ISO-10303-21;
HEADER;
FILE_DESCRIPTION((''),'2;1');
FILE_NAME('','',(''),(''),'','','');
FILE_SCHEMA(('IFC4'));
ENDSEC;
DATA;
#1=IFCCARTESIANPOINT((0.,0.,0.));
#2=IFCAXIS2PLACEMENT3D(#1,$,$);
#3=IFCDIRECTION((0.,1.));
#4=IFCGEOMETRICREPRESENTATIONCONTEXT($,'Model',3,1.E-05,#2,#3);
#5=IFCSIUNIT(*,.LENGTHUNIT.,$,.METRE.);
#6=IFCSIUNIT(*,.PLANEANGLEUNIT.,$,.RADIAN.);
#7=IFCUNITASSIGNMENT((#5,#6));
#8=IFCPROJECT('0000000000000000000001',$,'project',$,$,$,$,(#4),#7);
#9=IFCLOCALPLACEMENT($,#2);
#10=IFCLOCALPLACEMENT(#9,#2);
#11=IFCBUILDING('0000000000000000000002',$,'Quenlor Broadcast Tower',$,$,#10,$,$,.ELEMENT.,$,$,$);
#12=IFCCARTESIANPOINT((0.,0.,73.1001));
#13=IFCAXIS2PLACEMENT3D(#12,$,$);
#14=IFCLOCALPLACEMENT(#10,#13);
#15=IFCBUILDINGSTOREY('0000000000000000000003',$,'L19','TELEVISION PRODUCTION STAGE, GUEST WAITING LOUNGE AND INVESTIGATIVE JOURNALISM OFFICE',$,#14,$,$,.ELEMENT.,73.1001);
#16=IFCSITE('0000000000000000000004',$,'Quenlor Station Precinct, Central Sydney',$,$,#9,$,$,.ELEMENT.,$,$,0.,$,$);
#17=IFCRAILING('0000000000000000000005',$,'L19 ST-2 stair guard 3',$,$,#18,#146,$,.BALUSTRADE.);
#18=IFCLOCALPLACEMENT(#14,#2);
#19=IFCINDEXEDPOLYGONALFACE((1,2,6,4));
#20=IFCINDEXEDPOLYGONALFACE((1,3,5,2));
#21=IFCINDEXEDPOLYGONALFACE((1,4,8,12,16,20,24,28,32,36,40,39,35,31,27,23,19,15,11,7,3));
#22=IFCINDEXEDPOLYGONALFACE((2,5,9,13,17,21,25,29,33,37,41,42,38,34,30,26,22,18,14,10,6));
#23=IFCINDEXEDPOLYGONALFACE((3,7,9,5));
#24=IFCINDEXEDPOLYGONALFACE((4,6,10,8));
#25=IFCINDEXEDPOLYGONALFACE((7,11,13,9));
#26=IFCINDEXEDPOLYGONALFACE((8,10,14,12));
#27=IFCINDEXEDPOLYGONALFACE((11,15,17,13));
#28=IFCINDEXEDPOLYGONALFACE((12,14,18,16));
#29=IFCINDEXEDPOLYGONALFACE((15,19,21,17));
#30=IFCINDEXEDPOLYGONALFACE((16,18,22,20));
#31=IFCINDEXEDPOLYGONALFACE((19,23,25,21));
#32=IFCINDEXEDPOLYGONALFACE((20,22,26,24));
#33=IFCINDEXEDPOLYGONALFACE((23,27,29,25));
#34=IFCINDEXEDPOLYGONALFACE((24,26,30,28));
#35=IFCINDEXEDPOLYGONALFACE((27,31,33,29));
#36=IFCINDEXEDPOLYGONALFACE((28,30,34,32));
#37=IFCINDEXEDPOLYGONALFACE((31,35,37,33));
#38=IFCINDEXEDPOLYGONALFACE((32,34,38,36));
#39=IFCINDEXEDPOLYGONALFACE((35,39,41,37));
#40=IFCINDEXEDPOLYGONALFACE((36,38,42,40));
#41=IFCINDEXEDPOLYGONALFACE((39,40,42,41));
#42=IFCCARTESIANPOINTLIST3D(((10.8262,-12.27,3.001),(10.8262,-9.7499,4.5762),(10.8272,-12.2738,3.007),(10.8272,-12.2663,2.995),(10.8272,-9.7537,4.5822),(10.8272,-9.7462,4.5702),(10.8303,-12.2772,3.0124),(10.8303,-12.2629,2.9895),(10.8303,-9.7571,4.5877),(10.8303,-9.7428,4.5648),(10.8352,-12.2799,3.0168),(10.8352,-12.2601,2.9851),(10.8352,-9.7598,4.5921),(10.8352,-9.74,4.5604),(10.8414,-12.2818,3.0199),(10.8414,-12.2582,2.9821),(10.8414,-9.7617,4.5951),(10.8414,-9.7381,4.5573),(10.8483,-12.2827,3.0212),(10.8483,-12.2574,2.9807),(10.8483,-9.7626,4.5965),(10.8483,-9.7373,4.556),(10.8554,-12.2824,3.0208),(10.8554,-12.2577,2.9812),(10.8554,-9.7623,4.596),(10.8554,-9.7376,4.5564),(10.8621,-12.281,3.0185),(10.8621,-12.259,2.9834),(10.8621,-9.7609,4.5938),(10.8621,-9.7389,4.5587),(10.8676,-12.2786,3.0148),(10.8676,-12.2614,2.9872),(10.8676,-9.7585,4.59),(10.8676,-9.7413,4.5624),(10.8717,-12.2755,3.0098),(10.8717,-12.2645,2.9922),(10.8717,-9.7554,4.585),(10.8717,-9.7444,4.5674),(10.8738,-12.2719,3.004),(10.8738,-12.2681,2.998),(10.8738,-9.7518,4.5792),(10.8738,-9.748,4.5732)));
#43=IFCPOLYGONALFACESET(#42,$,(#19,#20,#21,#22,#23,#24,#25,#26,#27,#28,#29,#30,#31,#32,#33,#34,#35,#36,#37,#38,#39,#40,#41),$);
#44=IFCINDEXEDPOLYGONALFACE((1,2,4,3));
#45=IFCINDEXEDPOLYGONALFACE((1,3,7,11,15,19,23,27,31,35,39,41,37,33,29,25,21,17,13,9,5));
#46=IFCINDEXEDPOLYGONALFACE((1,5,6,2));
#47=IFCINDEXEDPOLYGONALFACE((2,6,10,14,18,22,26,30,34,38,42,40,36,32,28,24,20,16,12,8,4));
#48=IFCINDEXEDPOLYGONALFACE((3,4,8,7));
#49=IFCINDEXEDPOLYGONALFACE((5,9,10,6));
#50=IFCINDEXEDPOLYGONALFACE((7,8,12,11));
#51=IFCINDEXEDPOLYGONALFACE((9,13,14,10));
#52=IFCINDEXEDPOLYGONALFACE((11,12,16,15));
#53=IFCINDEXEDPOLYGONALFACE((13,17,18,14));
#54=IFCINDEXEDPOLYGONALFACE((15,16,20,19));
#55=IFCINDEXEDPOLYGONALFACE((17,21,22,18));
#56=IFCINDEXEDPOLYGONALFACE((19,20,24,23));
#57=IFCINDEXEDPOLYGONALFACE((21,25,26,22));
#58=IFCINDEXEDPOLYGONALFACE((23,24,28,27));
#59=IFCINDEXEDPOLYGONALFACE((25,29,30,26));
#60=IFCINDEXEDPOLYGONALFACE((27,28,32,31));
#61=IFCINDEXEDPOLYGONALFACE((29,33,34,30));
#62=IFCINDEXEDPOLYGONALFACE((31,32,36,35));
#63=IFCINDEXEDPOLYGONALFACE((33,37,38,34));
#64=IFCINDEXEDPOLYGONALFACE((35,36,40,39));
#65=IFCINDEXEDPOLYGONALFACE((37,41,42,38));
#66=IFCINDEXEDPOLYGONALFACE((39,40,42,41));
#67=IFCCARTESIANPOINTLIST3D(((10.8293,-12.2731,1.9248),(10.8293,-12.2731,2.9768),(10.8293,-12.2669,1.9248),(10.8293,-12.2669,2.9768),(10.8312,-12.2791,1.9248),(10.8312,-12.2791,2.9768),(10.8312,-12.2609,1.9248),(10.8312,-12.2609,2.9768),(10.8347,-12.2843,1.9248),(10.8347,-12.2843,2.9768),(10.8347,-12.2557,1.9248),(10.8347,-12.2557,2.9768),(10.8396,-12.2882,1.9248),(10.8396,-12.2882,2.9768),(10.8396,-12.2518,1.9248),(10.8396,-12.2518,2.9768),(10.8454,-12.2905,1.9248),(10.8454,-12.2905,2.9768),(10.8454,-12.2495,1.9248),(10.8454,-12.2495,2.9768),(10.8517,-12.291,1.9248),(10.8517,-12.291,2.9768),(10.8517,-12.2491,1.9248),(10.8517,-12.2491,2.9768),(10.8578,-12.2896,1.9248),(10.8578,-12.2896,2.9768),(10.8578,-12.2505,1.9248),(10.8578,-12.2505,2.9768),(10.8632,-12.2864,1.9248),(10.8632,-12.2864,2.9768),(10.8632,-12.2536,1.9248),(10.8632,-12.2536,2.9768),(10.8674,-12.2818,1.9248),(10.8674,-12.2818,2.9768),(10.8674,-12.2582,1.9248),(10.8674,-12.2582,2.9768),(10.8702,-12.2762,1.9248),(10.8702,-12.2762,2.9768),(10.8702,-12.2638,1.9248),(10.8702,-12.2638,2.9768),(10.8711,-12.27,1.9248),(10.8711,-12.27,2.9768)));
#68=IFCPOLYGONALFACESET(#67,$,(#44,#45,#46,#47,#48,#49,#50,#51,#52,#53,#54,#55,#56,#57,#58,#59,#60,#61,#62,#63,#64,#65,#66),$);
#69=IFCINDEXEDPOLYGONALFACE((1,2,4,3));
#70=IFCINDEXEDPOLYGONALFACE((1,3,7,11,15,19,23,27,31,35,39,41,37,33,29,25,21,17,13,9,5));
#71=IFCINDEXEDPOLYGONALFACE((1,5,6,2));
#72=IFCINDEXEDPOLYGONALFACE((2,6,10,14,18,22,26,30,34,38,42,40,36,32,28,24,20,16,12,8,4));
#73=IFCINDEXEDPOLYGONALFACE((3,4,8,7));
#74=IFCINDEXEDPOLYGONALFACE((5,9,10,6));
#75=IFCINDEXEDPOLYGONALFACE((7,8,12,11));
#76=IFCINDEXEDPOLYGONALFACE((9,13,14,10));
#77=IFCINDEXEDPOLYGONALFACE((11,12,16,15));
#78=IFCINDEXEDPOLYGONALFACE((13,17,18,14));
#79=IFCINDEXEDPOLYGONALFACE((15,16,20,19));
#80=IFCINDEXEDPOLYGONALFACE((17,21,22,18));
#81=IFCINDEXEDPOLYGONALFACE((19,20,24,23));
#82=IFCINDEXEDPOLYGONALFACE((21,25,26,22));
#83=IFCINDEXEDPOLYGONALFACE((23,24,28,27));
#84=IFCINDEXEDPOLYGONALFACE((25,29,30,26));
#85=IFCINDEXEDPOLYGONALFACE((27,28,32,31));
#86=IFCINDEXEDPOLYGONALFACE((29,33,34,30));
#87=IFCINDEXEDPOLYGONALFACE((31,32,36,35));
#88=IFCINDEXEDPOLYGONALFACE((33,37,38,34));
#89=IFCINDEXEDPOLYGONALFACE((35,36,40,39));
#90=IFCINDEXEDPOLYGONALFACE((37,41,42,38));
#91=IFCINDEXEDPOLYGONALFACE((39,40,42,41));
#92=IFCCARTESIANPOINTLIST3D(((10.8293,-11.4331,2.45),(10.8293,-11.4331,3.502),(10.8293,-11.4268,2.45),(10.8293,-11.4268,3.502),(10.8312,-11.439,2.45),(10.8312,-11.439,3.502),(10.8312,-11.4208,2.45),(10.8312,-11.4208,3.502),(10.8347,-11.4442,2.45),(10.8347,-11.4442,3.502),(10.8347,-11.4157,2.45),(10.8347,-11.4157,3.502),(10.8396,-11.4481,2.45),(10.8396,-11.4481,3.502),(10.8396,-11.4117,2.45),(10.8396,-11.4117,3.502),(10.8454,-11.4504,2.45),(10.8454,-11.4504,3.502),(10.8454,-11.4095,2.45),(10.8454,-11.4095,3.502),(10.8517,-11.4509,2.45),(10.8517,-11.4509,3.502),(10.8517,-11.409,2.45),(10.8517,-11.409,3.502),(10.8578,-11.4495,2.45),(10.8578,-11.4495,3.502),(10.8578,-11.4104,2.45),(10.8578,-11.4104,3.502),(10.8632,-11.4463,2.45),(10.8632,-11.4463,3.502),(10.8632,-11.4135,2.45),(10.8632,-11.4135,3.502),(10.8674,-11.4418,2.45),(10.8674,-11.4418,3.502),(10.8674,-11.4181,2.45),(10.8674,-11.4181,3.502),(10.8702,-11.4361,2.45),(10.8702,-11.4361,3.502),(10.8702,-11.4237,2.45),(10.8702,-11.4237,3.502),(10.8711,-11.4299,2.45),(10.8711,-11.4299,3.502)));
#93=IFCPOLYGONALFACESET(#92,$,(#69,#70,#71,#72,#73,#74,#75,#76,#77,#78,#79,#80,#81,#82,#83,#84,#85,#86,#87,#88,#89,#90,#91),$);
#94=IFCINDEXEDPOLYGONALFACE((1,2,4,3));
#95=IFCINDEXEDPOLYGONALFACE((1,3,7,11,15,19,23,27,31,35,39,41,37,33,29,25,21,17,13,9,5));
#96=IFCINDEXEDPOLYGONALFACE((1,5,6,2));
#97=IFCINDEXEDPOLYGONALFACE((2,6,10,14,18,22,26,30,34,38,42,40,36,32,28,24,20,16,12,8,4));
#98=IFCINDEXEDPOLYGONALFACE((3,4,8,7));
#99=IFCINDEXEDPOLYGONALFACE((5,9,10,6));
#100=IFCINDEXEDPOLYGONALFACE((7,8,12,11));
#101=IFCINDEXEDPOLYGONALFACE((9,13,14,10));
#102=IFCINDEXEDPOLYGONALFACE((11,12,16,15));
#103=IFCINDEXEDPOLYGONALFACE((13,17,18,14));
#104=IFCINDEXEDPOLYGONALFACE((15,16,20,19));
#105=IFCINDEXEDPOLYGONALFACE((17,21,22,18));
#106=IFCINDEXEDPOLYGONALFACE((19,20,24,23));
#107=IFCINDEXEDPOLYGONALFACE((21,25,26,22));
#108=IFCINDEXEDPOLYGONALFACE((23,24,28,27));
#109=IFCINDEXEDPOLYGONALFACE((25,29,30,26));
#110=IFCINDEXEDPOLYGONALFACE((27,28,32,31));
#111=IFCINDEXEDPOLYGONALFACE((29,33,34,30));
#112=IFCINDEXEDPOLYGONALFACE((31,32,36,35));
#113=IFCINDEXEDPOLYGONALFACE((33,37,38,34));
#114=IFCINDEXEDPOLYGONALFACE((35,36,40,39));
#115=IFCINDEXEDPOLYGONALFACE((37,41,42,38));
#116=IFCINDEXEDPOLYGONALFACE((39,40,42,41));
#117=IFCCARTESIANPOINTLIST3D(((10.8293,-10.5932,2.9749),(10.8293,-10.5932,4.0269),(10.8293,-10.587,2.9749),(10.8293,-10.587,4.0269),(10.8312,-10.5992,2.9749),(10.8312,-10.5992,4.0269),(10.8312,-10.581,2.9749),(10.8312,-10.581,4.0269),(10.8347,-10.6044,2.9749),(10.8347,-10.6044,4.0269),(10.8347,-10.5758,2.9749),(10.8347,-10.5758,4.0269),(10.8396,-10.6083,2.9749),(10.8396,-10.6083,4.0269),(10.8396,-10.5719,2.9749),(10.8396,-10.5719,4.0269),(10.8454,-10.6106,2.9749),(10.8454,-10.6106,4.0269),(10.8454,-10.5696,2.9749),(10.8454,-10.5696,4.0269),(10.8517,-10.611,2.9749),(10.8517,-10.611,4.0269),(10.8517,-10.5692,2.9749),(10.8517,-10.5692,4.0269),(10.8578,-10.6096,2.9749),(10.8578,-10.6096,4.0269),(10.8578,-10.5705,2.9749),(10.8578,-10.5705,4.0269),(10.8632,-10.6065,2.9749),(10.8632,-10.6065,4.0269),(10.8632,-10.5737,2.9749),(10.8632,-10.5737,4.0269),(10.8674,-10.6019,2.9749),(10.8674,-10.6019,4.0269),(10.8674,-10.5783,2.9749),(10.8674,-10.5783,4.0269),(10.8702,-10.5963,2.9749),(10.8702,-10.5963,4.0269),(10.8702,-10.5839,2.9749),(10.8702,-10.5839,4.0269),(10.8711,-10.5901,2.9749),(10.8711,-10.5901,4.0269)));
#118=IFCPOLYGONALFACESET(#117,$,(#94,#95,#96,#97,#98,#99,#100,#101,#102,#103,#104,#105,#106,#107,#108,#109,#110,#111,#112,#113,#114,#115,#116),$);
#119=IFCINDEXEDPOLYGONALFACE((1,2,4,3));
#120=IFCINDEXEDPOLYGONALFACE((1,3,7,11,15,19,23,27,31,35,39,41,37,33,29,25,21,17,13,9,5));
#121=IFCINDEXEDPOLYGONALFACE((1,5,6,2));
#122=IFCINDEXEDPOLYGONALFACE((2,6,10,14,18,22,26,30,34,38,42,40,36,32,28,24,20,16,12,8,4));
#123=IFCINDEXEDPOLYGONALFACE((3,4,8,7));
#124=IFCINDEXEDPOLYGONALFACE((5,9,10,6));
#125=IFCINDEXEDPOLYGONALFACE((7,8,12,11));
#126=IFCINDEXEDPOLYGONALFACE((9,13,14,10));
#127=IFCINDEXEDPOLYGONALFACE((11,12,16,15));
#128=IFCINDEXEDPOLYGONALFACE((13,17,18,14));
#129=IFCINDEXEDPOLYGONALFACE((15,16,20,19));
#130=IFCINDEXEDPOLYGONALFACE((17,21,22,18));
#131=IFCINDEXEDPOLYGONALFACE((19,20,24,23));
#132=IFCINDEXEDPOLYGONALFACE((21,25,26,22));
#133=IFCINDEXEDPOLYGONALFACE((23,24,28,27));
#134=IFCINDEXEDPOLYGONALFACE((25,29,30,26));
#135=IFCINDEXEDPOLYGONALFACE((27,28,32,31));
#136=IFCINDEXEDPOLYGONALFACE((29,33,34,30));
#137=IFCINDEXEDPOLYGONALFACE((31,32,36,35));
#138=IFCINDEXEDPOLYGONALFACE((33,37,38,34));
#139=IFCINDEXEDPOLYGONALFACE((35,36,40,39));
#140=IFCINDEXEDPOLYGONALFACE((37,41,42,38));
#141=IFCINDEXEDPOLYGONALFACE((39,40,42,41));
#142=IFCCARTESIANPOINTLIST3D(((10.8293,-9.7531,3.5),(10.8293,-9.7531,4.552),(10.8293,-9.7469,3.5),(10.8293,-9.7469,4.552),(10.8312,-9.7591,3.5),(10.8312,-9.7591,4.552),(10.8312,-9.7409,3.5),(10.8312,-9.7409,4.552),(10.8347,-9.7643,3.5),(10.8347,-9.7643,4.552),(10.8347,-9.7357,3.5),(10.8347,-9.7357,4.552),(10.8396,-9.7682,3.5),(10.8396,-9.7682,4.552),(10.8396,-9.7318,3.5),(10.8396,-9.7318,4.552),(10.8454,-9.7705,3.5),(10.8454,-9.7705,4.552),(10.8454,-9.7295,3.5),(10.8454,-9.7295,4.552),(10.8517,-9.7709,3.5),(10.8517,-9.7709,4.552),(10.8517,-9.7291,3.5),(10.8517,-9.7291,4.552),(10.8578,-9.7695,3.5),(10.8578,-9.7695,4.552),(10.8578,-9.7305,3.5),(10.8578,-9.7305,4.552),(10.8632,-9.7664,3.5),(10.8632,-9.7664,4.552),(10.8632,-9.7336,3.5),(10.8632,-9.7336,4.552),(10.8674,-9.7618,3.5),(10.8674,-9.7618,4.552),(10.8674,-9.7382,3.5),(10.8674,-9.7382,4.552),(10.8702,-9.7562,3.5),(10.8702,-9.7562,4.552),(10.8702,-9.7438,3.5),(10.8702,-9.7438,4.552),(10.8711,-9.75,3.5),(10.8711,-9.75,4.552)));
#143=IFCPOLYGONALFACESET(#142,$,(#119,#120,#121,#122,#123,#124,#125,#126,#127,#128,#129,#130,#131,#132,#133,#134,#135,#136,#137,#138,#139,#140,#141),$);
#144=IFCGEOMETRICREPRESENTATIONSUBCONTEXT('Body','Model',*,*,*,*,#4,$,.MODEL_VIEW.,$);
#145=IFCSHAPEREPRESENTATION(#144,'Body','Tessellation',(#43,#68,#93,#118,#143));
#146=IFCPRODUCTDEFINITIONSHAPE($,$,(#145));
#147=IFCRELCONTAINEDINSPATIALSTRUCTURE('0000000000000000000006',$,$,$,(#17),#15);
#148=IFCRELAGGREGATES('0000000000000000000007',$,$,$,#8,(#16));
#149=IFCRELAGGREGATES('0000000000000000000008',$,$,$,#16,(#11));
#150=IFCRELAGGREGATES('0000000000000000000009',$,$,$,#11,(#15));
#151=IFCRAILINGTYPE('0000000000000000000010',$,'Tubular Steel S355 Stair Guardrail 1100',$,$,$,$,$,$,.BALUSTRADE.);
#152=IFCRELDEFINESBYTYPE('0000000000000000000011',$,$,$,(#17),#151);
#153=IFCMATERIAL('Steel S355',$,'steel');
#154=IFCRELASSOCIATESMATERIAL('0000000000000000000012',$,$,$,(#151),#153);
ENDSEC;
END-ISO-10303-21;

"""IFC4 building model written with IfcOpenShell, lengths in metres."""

from ifc_helpers import new_model, si_unit, direction, frame, origin, origin_2d, place, context, subcontext, project, spatial, circle, extrude, material, type_object, element, save


model = new_model("IFC4")

# Units and contexts
model_context = context("Model", 3, precision=1e-05, world=origin(), true_north=direction((0.0, 1.0)))
body_context = subcontext(model_context, "Body", "Model", "MODEL_VIEW")
ifc_project = project(units=[si_unit("LENGTHUNIT", "METRE"), si_unit("PLANEANGLEUNIT", "RADIAN")], contexts=[model_context])

# Site, building, storey
site_placement = place(None, origin())
site = spatial("IfcSite", under=ifc_project, at=site_placement, Name="Quenlor Station Precinct, Central Sydney", CompositionType="ELEMENT", RefElevation=0.0)
building_placement = place(site_placement, origin())
building = spatial("IfcBuilding", under=site, at=building_placement, Name="Quenlor Broadcast Tower", CompositionType="ELEMENT")
storey_placement = place(building_placement, frame((0.0, 0.0, 73.1001)))
storey = spatial("IfcBuildingStorey", under=building, at=storey_placement, Name="L19", Description="TELEVISION PRODUCTION STAGE, GUEST WAITING LOUNGE AND INVESTIGATIVE JOURNALISM OFFICE", CompositionType="ELEMENT", Elevation=73.1001)

# Railing
ifc_material_1 = material(Name="Steel S355", Category="steel")
railing_type_1 = type_object("IfcRailingType", Name="Tubular Steel S355 Stair Guardrail 1100", PredefinedType="BALUSTRADE", material=ifc_material_1)
railing_1_placement = place(storey_placement, frame((10.8501, -12.27, 1.9248)))
element("IfcRailing", 1, at=railing_1_placement, inside=storey, type_object=railing_type_1, Name="L19 ST-2 stair guard 3", PredefinedType="BALUSTRADE", context=body_context, shape_type="SweptSolid", body=[
    extrude(circle(Radius=0.0239, at=origin_2d()), frame((0.0, 0.0, 1.0762), z_axis=(0.0, 0.847971, 0.530043), x_axis=(-1.0, 0.0, 0.0)), (0.0, 0.0, 1.0), 2.9719),
    extrude(circle(Radius=0.021, at=origin_2d()), origin(), (0.0, 0.0, 1.0), 1.052),
    extrude(circle(Radius=0.021, at=origin_2d()), frame((0.0, 0.8401, 0.5251)), (0.0, 0.0, 1.0), 1.052),
    extrude(circle(Radius=0.021, at=origin_2d()), frame((0.0, 1.6799, 1.05)), (0.0, 0.0, 1.0), 1.052),
    extrude(circle(Radius=0.021, at=origin_2d()), frame((0.0, 2.52, 1.5752)), (0.0, 0.0, 1.0), 1.052),
])

save(model, "model.ifc")
